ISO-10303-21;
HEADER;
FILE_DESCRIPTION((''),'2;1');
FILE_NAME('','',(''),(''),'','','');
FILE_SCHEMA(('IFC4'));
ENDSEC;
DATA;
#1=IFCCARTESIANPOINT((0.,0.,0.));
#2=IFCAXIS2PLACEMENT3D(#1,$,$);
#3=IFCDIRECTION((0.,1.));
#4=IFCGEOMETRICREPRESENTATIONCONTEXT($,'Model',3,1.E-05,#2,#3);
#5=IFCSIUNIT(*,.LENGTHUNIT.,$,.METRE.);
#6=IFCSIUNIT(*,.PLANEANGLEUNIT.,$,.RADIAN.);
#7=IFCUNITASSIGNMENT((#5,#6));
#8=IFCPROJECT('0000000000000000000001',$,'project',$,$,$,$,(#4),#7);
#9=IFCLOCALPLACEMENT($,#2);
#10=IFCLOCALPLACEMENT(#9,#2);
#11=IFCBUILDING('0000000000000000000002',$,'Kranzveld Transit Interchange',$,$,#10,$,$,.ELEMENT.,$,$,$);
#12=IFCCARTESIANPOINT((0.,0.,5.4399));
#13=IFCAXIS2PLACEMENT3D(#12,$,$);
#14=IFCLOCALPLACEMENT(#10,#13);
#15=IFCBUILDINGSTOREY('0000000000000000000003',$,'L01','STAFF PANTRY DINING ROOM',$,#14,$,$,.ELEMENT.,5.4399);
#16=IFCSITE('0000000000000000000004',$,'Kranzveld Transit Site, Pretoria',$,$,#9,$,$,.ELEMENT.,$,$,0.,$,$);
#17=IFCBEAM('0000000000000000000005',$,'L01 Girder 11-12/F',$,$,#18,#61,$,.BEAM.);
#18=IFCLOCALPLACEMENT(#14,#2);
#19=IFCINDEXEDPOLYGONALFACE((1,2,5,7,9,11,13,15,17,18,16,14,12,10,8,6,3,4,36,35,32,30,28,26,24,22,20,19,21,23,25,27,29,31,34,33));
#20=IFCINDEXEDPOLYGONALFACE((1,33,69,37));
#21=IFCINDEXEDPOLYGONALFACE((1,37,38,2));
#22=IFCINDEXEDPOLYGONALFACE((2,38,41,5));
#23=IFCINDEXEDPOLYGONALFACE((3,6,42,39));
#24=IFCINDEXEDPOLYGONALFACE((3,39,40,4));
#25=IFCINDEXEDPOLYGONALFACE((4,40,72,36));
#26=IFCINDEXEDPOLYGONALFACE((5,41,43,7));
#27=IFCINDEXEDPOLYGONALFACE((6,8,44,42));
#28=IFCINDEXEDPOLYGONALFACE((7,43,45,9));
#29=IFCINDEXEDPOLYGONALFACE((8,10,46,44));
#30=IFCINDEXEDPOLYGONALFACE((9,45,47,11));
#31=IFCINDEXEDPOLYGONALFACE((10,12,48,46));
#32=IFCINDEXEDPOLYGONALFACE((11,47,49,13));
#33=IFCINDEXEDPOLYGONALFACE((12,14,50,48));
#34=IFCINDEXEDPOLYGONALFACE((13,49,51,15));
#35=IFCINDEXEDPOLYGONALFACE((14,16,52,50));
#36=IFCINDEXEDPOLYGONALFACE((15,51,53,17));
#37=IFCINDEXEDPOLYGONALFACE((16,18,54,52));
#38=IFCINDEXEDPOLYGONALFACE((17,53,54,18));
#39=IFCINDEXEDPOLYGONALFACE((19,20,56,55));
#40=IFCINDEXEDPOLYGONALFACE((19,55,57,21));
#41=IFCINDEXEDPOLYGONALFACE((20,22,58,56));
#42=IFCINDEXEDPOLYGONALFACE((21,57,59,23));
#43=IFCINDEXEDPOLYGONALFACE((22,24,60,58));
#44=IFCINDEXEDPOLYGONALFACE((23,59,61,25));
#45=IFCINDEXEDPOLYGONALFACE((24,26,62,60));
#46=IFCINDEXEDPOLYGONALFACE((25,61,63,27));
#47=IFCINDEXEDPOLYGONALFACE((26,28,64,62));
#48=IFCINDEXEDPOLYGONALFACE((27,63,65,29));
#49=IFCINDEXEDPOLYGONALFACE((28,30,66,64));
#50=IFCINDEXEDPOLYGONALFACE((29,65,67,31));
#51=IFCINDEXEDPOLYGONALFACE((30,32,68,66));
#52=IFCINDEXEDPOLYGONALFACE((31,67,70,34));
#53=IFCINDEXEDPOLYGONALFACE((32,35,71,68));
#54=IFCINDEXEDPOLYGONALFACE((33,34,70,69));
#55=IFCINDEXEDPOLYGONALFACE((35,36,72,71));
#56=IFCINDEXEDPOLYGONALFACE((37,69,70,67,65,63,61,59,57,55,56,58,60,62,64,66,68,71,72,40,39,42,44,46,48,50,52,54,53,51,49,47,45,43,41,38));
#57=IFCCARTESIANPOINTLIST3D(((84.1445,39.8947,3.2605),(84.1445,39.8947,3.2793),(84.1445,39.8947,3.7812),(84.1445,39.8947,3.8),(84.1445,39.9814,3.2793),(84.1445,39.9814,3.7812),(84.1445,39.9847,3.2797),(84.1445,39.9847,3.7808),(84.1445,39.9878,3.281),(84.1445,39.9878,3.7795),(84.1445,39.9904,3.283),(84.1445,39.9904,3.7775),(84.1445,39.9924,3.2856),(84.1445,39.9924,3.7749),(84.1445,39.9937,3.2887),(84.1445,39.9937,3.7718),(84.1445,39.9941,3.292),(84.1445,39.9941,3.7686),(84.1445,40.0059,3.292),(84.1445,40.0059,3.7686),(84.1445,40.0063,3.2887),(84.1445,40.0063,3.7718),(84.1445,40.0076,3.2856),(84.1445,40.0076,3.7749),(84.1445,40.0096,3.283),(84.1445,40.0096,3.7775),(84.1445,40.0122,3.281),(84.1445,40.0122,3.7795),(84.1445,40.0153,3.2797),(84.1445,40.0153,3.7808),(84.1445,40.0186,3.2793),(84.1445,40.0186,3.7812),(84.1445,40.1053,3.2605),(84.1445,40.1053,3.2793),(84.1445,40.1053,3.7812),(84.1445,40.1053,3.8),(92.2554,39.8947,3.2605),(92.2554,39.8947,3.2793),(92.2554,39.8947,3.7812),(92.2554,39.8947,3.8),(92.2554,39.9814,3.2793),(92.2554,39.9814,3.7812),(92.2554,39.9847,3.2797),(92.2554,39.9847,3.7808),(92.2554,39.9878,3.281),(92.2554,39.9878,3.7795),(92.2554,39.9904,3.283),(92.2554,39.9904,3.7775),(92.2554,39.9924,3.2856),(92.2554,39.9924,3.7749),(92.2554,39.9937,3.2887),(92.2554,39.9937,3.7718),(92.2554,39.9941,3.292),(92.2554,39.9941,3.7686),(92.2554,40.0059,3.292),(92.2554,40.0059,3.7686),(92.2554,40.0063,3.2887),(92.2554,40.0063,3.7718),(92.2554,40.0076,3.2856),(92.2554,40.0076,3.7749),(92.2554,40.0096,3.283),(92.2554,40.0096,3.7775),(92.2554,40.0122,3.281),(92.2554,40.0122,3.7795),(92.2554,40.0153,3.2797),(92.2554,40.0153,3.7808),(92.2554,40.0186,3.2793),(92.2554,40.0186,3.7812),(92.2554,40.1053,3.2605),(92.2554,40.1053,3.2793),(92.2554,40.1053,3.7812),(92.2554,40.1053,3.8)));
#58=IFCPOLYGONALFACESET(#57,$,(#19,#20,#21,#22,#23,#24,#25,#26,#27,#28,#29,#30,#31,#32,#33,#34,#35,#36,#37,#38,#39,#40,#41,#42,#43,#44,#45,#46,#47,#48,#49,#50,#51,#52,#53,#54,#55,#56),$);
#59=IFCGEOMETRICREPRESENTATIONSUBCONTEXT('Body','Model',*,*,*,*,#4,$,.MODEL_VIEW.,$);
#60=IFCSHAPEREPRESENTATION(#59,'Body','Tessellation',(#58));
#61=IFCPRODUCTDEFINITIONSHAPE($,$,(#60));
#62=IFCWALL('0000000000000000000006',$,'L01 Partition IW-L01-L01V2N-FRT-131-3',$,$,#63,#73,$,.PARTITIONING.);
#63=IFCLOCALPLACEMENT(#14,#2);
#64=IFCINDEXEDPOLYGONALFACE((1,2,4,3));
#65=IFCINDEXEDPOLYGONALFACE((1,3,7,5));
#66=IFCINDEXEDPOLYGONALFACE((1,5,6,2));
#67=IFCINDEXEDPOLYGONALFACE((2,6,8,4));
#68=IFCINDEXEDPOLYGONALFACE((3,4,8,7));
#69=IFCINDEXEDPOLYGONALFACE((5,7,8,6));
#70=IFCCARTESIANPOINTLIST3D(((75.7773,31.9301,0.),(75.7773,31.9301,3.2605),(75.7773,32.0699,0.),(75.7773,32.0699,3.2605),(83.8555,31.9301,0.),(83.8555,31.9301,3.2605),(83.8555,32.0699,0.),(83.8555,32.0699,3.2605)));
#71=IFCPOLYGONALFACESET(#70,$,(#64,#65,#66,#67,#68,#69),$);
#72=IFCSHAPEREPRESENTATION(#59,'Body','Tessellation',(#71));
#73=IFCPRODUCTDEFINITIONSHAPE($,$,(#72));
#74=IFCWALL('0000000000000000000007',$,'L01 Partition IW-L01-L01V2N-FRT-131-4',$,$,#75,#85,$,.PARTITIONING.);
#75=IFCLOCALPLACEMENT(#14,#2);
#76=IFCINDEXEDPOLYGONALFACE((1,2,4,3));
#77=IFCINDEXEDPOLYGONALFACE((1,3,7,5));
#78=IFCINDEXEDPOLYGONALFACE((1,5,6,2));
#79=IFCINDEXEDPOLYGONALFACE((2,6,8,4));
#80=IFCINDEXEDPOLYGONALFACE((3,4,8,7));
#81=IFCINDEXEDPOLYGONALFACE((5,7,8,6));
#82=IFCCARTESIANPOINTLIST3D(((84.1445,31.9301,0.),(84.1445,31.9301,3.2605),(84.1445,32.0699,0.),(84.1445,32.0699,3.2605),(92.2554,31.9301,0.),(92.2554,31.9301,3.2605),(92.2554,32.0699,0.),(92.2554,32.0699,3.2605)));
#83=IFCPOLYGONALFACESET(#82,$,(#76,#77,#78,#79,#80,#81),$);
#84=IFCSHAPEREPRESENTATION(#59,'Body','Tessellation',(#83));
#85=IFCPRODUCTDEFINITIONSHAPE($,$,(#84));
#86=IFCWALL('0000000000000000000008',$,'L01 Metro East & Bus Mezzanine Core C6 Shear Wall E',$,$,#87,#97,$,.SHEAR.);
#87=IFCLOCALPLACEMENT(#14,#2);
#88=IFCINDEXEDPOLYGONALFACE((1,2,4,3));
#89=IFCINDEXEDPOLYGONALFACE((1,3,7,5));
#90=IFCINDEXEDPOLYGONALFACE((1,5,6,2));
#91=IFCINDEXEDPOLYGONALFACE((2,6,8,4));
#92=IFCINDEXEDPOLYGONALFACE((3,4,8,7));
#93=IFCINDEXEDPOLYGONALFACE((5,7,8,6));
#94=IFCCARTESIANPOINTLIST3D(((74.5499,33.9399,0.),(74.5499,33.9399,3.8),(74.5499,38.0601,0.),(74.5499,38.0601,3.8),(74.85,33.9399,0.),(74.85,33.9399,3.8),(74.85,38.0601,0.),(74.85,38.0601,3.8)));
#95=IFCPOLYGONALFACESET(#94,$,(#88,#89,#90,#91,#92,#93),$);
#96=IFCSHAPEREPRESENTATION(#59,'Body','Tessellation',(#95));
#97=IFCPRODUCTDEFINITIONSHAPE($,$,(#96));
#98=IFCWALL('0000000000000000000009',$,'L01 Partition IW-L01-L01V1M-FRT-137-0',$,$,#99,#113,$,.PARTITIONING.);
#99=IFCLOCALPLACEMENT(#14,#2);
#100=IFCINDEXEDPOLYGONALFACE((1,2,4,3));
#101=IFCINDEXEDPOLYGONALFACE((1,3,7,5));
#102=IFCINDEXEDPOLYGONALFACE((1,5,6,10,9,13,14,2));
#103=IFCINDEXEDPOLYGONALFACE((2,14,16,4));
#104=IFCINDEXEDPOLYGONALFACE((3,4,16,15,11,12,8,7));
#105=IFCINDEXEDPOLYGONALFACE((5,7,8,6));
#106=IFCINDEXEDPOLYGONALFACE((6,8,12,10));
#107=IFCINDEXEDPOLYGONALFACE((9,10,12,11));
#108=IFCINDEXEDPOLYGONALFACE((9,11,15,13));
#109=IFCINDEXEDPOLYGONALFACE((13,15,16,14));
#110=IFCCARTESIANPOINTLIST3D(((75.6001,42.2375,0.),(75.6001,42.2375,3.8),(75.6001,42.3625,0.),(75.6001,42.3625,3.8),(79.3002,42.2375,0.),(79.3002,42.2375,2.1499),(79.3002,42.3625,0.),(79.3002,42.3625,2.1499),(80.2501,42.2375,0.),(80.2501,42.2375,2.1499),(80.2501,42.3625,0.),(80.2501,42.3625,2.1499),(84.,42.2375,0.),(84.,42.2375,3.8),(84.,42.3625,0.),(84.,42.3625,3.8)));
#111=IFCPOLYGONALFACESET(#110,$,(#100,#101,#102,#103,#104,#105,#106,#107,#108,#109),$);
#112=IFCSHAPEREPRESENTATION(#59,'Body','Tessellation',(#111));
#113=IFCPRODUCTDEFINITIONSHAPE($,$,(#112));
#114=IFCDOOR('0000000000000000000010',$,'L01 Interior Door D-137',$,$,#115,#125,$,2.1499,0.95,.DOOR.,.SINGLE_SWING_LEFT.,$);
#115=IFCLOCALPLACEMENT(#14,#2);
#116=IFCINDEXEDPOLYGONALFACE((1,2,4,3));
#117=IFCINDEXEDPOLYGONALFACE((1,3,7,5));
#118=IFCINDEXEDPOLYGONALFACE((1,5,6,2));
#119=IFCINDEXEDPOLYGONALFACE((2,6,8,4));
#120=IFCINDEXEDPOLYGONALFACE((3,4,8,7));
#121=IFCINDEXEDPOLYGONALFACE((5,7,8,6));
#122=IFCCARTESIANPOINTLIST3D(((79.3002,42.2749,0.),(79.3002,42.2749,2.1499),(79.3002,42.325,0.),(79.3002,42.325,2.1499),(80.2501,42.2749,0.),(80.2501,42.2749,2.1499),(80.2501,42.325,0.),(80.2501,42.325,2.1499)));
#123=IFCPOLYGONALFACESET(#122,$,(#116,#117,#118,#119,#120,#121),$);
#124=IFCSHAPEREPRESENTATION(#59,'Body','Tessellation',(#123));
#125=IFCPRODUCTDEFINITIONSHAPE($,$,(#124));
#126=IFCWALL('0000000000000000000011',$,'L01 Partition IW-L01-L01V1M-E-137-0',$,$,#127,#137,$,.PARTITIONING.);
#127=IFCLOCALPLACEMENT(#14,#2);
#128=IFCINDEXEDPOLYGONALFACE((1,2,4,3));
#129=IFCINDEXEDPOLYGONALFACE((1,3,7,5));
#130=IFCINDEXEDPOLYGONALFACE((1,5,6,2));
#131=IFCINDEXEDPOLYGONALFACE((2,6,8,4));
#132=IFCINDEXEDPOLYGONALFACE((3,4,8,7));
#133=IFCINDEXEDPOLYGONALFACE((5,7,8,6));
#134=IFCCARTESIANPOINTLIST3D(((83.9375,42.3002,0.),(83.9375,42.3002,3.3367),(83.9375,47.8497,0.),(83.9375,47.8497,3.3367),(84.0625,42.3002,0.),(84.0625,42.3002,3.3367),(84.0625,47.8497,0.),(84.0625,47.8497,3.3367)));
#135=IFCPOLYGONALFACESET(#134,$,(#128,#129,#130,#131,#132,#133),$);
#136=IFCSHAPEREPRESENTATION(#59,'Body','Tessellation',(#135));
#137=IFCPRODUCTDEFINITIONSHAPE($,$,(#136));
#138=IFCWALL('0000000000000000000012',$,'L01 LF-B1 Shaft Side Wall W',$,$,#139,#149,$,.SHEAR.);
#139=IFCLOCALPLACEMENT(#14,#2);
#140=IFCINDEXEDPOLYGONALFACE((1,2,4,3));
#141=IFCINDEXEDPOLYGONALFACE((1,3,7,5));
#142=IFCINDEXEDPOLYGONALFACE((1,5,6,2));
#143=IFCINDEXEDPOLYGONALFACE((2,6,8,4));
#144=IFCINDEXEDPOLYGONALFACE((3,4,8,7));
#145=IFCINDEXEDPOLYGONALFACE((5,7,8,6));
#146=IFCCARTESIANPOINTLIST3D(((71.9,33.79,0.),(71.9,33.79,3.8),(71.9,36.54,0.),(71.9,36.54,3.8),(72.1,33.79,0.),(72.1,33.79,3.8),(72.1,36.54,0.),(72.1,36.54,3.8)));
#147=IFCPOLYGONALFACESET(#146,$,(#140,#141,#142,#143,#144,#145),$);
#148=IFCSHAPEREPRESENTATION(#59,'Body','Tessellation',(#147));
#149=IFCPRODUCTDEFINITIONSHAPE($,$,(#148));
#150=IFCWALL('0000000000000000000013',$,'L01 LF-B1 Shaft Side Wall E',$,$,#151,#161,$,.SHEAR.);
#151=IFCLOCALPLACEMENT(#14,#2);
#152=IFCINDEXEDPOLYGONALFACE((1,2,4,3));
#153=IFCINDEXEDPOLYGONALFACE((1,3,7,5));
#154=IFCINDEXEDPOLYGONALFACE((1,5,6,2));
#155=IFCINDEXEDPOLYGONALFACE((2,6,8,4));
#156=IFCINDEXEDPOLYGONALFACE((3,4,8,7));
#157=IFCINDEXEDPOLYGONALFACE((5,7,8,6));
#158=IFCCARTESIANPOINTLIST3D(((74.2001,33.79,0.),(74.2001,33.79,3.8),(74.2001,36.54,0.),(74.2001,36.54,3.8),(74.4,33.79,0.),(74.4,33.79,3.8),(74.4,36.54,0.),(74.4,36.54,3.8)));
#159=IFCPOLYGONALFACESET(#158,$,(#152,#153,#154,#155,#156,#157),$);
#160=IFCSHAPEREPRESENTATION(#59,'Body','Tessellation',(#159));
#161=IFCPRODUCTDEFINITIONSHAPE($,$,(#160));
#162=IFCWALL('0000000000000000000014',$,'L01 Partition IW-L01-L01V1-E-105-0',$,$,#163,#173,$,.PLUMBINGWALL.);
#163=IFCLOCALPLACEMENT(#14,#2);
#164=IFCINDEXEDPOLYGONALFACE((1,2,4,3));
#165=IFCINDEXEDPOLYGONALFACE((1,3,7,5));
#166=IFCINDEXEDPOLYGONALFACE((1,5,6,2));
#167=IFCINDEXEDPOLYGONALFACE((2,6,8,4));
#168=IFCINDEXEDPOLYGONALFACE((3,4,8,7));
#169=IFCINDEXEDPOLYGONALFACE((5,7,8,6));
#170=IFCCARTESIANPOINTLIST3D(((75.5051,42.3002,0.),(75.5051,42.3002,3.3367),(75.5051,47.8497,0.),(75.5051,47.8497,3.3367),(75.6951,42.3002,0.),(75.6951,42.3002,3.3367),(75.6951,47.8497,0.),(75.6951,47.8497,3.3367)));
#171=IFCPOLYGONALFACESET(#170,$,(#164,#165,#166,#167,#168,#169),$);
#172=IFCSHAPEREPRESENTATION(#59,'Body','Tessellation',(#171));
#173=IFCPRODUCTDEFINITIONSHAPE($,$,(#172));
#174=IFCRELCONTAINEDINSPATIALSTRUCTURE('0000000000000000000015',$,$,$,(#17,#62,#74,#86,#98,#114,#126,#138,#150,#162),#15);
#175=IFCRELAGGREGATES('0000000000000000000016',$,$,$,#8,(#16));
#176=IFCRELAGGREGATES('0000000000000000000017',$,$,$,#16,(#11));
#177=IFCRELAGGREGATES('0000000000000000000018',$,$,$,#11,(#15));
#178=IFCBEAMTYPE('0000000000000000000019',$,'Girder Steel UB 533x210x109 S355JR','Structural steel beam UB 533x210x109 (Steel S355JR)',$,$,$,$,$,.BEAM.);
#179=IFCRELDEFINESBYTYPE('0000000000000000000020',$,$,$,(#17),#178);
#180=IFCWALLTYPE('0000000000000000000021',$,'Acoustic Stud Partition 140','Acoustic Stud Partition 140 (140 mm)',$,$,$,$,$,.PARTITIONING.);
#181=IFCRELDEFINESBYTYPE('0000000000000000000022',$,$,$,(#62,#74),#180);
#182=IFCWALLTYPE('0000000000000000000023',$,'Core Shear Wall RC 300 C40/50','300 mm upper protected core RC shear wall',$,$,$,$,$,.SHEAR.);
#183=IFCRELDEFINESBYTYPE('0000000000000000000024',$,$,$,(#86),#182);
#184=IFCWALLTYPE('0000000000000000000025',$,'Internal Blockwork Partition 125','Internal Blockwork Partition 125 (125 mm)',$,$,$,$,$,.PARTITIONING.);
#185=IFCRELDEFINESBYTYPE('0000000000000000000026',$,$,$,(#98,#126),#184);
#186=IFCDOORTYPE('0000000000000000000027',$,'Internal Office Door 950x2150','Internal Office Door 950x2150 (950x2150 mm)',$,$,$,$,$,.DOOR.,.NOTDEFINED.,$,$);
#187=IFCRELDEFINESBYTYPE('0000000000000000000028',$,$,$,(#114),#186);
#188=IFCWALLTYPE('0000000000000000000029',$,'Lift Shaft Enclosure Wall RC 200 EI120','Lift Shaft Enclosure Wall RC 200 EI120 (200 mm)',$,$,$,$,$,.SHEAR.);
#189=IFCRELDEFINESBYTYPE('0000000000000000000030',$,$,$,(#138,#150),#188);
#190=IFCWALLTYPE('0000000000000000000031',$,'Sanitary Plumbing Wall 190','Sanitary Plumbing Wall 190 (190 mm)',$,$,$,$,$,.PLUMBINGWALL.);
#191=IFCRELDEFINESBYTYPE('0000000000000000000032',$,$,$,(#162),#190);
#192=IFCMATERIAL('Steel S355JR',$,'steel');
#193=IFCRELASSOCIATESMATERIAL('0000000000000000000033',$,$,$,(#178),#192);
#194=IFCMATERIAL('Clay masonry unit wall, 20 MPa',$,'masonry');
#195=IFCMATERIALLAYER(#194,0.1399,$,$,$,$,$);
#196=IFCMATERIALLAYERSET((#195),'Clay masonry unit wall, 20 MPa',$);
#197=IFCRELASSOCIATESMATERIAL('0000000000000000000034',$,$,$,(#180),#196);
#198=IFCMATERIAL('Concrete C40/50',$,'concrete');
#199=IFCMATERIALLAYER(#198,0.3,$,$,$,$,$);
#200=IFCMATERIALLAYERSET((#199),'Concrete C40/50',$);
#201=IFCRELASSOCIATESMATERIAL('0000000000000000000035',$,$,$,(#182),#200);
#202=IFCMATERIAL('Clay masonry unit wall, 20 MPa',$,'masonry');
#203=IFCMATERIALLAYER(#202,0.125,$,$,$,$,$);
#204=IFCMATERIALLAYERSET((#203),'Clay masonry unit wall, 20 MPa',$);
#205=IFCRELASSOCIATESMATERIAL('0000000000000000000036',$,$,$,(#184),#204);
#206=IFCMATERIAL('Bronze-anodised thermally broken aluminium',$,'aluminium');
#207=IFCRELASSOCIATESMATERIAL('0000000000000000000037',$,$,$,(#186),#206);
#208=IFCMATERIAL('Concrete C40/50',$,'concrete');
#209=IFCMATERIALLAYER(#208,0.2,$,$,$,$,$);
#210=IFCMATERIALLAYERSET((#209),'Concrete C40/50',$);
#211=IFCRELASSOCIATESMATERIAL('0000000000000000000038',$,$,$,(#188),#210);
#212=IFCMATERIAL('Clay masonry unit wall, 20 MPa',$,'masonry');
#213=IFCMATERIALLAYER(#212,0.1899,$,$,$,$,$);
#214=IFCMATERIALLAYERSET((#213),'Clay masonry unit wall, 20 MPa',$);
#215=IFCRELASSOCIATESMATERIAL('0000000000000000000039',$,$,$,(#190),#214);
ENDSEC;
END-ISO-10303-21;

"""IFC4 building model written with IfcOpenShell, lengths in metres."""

from ifc_helpers import new_model, si_unit, direction, frame, frame_2d, origin, origin_2d, place, context, subcontext, project, spatial, rectangle, i_section, extrude, material, layer, layer_set, material_profile, profile_set, type_object, element, fill, save


model = new_model("IFC4")

# Units and contexts
model_context = context("Model", 3, precision=1e-05, world=origin(), true_north=direction((0.0, 1.0)))
body_context = subcontext(model_context, "Body", "Model", "MODEL_VIEW")
ifc_project = project(units=[si_unit("LENGTHUNIT", "METRE"), si_unit("PLANEANGLEUNIT", "RADIAN")], contexts=[model_context])

# Site, building, storey
site_placement = place(None, origin())
site = spatial("IfcSite", under=ifc_project, at=site_placement, Name="Kranzveld Transit Site, Pretoria", CompositionType="ELEMENT", RefElevation=0.0)
building_placement = place(site_placement, origin())
building = spatial("IfcBuilding", under=site, at=building_placement, Name="Kranzveld Transit Interchange", CompositionType="ELEMENT")
storey_placement = place(building_placement, frame((0.0, 0.0, 5.4399)))
storey = spatial("IfcBuildingStorey", under=building, at=storey_placement, Name="L01", Description="STAFF PANTRY DINING ROOM", CompositionType="ELEMENT", Elevation=5.4399)

# Beam
ifc_material_1 = material(Name="Steel S355JR", Category="steel")
ifc_material_profile_1 = material_profile(ifc_material_1, i_section(OverallWidth=0.2107, OverallDepth=0.5396, WebThickness=0.0117, FlangeThickness=0.0188, FilletRadius=0.0127, at=origin_2d()), Name="UB 533x210x109")
ifc_profile_set_1 = profile_set([ifc_material_profile_1], Name="Steel S355JR")
beam_type_1 = type_object("IfcBeamType", Name="Girder Steel UB 533x210x109 S355JR", Description="Structural steel beam UB 533x210x109 (Steel S355JR)", PredefinedType="BEAM", material=ifc_profile_set_1)
beam_1_placement = place(storey_placement, frame((84.1445, 40.0, 3.5303), z_axis=(1.0, 0.0, 0.0), x_axis=(0.0, 1.0, 0.0)))
element("IfcBeam", 1, at=beam_1_placement, inside=storey, type_object=beam_type_1, Name="L01 Girder 11-12/F", PredefinedType="BEAM", context=body_context, shape_type="SweptSolid", body=[
    extrude(i_section(OverallWidth=0.2107, OverallDepth=0.5396, WebThickness=0.0117, FlangeThickness=0.0188, FilletRadius=0.0127, at=origin_2d()), origin(), (0.0, 0.0, 1.0), 8.1108),
])

# Walls
ifc_material_2 = material(Name="Clay masonry unit wall, 20 MPa", Category="masonry")
ifc_layer_1 = layer(ifc_material_2, 0.1399)
ifc_layer_set_1 = layer_set([ifc_layer_1], Name="Clay masonry unit wall, 20 MPa")
wall_type_1 = type_object("IfcWallType", Name="Acoustic Stud Partition 140", Description="Acoustic Stud Partition 140 (140 mm)", PredefinedType="PARTITIONING", material=ifc_layer_set_1)
wall_1_placement = place(storey_placement, frame((75.7773, 32.0, 0.0), z_axis=(0.0, 0.0, 1.0), x_axis=(1.0, 0.0, 0.0)))
element("IfcWall", 2, at=wall_1_placement, inside=storey, type_object=wall_type_1, Name="L01 Partition IW-L01-L01V2N-FRT-131-3", PredefinedType="PARTITIONING", context=body_context, shape_type="SweptSolid", body=[
    extrude(rectangle(XDim=8.0781, YDim=0.1399, at=frame_2d((4.0391, 0.0))), origin(), (0.0, 0.0, 1.0), 3.2605),
])
wall_2_placement = place(storey_placement, frame((84.1445, 32.0, 0.0), z_axis=(0.0, 0.0, 1.0), x_axis=(1.0, 0.0, 0.0)))
element("IfcWall", 3, at=wall_2_placement, inside=storey, type_object=wall_type_1, Name="L01 Partition IW-L01-L01V2N-FRT-131-4", PredefinedType="PARTITIONING", context=body_context, shape_type="SweptSolid", body=[
    extrude(rectangle(XDim=8.1108, YDim=0.1399, at=frame_2d((4.0554, 0.0))), origin(), (0.0, 0.0, 1.0), 3.2605),
])
ifc_material_3 = material(Name="Concrete C40/50", Category="concrete")
ifc_layer_2 = layer(ifc_material_3, 0.3)
ifc_layer_set_2 = layer_set([ifc_layer_2], Name="Concrete C40/50")
wall_type_2 = type_object("IfcWallType", Name="Core Shear Wall RC 300 C40/50", Description="300 mm upper protected core RC shear wall", PredefinedType="SHEAR", material=ifc_layer_set_2)
wall_3_placement = place(storey_placement, frame((74.7, 33.9399, 0.0), z_axis=(0.0, 0.0, 1.0), x_axis=(0.0, 1.0, 0.0)))
element("IfcWall", 4, at=wall_3_placement, inside=storey, type_object=wall_type_2, Name="L01 Metro East & Bus Mezzanine Core C6 Shear Wall E", PredefinedType="SHEAR", context=body_context, shape_type="SweptSolid", body=[
    extrude(rectangle(XDim=4.1201, YDim=0.3, at=frame_2d((2.0601, 0.0))), origin(), (0.0, 0.0, 1.0), 3.8),
])

# Wall, opening, door
ifc_material_4 = material(Name="Clay masonry unit wall, 20 MPa", Category="masonry")
ifc_layer_3 = layer(ifc_material_4, 0.125)
ifc_layer_set_3 = layer_set([ifc_layer_3], Name="Clay masonry unit wall, 20 MPa")
wall_type_3 = type_object("IfcWallType", Name="Internal Blockwork Partition 125", Description="Internal Blockwork Partition 125 (125 mm)", PredefinedType="PARTITIONING", material=ifc_layer_set_3)
wall_4_placement = place(storey_placement, frame((75.6001, 42.3, 0.0), z_axis=(0.0, 0.0, 1.0), x_axis=(1.0, 0.0, 0.0)))
wall_4 = element("IfcWall", 5, at=wall_4_placement, inside=storey, type_object=wall_type_3, Name="L01 Partition IW-L01-L01V1M-FRT-137-0", PredefinedType="PARTITIONING", context=body_context, shape_type="SweptSolid", body=[
    extrude(rectangle(XDim=8.3999, YDim=0.125, at=frame_2d((4.2, 0.0))), origin(), (0.0, 0.0, 1.0), 3.8),
])
opening_1_placement = place(wall_4_placement, frame((3.7, 0.0, 0.0), z_axis=(0.0, 0.0, 1.0), x_axis=(1.0, 0.0, 0.0)))
opening_1 = element("IfcOpeningElement", 6, at=opening_1_placement, cuts=wall_4, PredefinedType="OPENING", context=body_context, shape_type="SweptSolid", body=[
    extrude(rectangle(XDim=0.95, YDim=2.1499, at=frame_2d((0.4751, 1.075))), frame((0.0, 0.0725, 0.0), z_axis=(0.0, -1.0, 0.0), x_axis=(1.0, 0.0, 0.0)), (0.0, 0.0, 1.0), 0.145),
])
ifc_material_5 = material(Name="Bronze-anodised thermally broken aluminium", Category="aluminium")
door_type_1 = type_object("IfcDoorType", Name="Internal Office Door 950x2150", Description="Internal Office Door 950x2150 (950x2150 mm)", OperationType="NOTDEFINED", PredefinedType="DOOR", material=ifc_material_5)
door_1_placement = place(opening_1_placement, origin())
door_1 = element("IfcDoor", 7, at=door_1_placement, inside=storey, type_object=door_type_1, Name="L01 Interior Door D-137", OperationType="SINGLE_SWING_LEFT", OverallHeight=2.1499, OverallWidth=0.95, PredefinedType="DOOR", context=body_context, shape_type="SweptSolid", body=[
    extrude(rectangle(XDim=0.95, YDim=2.1499, at=frame_2d((0.4751, 1.075))), frame((0.0, 0.0249, 0.0), z_axis=(0.0, -1.0, 0.0), x_axis=(1.0, 0.0, 0.0)), (0.0, 0.0, 1.0), 0.05),
])
fill(opening_1, door_1)

# Wall
wall_5_placement = place(storey_placement, frame((84.0, 42.3, 0.0), z_axis=(0.0, 0.0, 1.0), x_axis=(0.0, 1.0, 0.0)))
element("IfcWall", 8, at=wall_5_placement, inside=storey, type_object=wall_type_3, Name="L01 Partition IW-L01-L01V1M-E-137-0", PredefinedType="PARTITIONING", context=body_context, shape_type="SweptSolid", body=[
    extrude(rectangle(XDim=5.5496, YDim=0.125, at=frame_2d((2.7749, 0.0))), origin(), (0.0, 0.0, 1.0), 3.3367),
])

# Shared definitions
ifc_material_6 = material(Name="Concrete C40/50", Category="concrete")
ifc_layer_4 = layer(ifc_material_6, 0.2)
ifc_layer_set_4 = layer_set([ifc_layer_4], Name="Concrete C40/50")
wall_type_4 = type_object("IfcWallType", Name="Lift Shaft Enclosure Wall RC 200 EI120", Description="Lift Shaft Enclosure Wall RC 200 EI120 (200 mm)", PredefinedType="SHEAR", material=ifc_layer_set_4)

# Walls
for number, where, z_axis, x_axis, name in (
    (9, (72.0, 33.79, 0.0), (0.0, 0.0, 1.0), (0.0, 1.0, 0.0), "L01 LF-B1 Shaft Side Wall W"),
    (10, (74.3, 33.79, 0.0), (0.0, 0.0, 1.0), (0.0, 1.0, 0.0), "L01 LF-B1 Shaft Side Wall E"),
):
    element("IfcWall", number, at=place(storey_placement, frame(where, z_axis=z_axis, x_axis=x_axis)), inside=storey, type_object=wall_type_4, Name=name, PredefinedType="SHEAR", context=body_context, shape_type="SweptSolid", body=[
        extrude(rectangle(XDim=2.75, YDim=0.2, at=frame_2d((1.375, 0.0))), origin(), (0.0, 0.0, 1.0), 3.8),
    ])
ifc_material_7 = material(Name="Clay masonry unit wall, 20 MPa", Category="masonry")
ifc_layer_5 = layer(ifc_material_7, 0.1899)
ifc_layer_set_5 = layer_set([ifc_layer_5], Name="Clay masonry unit wall, 20 MPa")
wall_type_5 = type_object("IfcWallType", Name="Sanitary Plumbing Wall 190", Description="Sanitary Plumbing Wall 190 (190 mm)", PredefinedType="PLUMBINGWALL", material=ifc_layer_set_5)
wall_6_placement = place(storey_placement, frame((75.6001, 42.3, 0.0), z_axis=(0.0, 0.0, 1.0), x_axis=(0.0, 1.0, 0.0)))
element("IfcWall", 11, at=wall_6_placement, inside=storey, type_object=wall_type_5, Name="L01 Partition IW-L01-L01V1-E-105-0", PredefinedType="PLUMBINGWALL", context=body_context, shape_type="SweptSolid", body=[
    extrude(rectangle(XDim=5.5496, YDim=0.1899, at=frame_2d((2.7749, 0.0))), origin(), (0.0, 0.0, 1.0), 3.3367),
])

save(model, "model.ifc")
